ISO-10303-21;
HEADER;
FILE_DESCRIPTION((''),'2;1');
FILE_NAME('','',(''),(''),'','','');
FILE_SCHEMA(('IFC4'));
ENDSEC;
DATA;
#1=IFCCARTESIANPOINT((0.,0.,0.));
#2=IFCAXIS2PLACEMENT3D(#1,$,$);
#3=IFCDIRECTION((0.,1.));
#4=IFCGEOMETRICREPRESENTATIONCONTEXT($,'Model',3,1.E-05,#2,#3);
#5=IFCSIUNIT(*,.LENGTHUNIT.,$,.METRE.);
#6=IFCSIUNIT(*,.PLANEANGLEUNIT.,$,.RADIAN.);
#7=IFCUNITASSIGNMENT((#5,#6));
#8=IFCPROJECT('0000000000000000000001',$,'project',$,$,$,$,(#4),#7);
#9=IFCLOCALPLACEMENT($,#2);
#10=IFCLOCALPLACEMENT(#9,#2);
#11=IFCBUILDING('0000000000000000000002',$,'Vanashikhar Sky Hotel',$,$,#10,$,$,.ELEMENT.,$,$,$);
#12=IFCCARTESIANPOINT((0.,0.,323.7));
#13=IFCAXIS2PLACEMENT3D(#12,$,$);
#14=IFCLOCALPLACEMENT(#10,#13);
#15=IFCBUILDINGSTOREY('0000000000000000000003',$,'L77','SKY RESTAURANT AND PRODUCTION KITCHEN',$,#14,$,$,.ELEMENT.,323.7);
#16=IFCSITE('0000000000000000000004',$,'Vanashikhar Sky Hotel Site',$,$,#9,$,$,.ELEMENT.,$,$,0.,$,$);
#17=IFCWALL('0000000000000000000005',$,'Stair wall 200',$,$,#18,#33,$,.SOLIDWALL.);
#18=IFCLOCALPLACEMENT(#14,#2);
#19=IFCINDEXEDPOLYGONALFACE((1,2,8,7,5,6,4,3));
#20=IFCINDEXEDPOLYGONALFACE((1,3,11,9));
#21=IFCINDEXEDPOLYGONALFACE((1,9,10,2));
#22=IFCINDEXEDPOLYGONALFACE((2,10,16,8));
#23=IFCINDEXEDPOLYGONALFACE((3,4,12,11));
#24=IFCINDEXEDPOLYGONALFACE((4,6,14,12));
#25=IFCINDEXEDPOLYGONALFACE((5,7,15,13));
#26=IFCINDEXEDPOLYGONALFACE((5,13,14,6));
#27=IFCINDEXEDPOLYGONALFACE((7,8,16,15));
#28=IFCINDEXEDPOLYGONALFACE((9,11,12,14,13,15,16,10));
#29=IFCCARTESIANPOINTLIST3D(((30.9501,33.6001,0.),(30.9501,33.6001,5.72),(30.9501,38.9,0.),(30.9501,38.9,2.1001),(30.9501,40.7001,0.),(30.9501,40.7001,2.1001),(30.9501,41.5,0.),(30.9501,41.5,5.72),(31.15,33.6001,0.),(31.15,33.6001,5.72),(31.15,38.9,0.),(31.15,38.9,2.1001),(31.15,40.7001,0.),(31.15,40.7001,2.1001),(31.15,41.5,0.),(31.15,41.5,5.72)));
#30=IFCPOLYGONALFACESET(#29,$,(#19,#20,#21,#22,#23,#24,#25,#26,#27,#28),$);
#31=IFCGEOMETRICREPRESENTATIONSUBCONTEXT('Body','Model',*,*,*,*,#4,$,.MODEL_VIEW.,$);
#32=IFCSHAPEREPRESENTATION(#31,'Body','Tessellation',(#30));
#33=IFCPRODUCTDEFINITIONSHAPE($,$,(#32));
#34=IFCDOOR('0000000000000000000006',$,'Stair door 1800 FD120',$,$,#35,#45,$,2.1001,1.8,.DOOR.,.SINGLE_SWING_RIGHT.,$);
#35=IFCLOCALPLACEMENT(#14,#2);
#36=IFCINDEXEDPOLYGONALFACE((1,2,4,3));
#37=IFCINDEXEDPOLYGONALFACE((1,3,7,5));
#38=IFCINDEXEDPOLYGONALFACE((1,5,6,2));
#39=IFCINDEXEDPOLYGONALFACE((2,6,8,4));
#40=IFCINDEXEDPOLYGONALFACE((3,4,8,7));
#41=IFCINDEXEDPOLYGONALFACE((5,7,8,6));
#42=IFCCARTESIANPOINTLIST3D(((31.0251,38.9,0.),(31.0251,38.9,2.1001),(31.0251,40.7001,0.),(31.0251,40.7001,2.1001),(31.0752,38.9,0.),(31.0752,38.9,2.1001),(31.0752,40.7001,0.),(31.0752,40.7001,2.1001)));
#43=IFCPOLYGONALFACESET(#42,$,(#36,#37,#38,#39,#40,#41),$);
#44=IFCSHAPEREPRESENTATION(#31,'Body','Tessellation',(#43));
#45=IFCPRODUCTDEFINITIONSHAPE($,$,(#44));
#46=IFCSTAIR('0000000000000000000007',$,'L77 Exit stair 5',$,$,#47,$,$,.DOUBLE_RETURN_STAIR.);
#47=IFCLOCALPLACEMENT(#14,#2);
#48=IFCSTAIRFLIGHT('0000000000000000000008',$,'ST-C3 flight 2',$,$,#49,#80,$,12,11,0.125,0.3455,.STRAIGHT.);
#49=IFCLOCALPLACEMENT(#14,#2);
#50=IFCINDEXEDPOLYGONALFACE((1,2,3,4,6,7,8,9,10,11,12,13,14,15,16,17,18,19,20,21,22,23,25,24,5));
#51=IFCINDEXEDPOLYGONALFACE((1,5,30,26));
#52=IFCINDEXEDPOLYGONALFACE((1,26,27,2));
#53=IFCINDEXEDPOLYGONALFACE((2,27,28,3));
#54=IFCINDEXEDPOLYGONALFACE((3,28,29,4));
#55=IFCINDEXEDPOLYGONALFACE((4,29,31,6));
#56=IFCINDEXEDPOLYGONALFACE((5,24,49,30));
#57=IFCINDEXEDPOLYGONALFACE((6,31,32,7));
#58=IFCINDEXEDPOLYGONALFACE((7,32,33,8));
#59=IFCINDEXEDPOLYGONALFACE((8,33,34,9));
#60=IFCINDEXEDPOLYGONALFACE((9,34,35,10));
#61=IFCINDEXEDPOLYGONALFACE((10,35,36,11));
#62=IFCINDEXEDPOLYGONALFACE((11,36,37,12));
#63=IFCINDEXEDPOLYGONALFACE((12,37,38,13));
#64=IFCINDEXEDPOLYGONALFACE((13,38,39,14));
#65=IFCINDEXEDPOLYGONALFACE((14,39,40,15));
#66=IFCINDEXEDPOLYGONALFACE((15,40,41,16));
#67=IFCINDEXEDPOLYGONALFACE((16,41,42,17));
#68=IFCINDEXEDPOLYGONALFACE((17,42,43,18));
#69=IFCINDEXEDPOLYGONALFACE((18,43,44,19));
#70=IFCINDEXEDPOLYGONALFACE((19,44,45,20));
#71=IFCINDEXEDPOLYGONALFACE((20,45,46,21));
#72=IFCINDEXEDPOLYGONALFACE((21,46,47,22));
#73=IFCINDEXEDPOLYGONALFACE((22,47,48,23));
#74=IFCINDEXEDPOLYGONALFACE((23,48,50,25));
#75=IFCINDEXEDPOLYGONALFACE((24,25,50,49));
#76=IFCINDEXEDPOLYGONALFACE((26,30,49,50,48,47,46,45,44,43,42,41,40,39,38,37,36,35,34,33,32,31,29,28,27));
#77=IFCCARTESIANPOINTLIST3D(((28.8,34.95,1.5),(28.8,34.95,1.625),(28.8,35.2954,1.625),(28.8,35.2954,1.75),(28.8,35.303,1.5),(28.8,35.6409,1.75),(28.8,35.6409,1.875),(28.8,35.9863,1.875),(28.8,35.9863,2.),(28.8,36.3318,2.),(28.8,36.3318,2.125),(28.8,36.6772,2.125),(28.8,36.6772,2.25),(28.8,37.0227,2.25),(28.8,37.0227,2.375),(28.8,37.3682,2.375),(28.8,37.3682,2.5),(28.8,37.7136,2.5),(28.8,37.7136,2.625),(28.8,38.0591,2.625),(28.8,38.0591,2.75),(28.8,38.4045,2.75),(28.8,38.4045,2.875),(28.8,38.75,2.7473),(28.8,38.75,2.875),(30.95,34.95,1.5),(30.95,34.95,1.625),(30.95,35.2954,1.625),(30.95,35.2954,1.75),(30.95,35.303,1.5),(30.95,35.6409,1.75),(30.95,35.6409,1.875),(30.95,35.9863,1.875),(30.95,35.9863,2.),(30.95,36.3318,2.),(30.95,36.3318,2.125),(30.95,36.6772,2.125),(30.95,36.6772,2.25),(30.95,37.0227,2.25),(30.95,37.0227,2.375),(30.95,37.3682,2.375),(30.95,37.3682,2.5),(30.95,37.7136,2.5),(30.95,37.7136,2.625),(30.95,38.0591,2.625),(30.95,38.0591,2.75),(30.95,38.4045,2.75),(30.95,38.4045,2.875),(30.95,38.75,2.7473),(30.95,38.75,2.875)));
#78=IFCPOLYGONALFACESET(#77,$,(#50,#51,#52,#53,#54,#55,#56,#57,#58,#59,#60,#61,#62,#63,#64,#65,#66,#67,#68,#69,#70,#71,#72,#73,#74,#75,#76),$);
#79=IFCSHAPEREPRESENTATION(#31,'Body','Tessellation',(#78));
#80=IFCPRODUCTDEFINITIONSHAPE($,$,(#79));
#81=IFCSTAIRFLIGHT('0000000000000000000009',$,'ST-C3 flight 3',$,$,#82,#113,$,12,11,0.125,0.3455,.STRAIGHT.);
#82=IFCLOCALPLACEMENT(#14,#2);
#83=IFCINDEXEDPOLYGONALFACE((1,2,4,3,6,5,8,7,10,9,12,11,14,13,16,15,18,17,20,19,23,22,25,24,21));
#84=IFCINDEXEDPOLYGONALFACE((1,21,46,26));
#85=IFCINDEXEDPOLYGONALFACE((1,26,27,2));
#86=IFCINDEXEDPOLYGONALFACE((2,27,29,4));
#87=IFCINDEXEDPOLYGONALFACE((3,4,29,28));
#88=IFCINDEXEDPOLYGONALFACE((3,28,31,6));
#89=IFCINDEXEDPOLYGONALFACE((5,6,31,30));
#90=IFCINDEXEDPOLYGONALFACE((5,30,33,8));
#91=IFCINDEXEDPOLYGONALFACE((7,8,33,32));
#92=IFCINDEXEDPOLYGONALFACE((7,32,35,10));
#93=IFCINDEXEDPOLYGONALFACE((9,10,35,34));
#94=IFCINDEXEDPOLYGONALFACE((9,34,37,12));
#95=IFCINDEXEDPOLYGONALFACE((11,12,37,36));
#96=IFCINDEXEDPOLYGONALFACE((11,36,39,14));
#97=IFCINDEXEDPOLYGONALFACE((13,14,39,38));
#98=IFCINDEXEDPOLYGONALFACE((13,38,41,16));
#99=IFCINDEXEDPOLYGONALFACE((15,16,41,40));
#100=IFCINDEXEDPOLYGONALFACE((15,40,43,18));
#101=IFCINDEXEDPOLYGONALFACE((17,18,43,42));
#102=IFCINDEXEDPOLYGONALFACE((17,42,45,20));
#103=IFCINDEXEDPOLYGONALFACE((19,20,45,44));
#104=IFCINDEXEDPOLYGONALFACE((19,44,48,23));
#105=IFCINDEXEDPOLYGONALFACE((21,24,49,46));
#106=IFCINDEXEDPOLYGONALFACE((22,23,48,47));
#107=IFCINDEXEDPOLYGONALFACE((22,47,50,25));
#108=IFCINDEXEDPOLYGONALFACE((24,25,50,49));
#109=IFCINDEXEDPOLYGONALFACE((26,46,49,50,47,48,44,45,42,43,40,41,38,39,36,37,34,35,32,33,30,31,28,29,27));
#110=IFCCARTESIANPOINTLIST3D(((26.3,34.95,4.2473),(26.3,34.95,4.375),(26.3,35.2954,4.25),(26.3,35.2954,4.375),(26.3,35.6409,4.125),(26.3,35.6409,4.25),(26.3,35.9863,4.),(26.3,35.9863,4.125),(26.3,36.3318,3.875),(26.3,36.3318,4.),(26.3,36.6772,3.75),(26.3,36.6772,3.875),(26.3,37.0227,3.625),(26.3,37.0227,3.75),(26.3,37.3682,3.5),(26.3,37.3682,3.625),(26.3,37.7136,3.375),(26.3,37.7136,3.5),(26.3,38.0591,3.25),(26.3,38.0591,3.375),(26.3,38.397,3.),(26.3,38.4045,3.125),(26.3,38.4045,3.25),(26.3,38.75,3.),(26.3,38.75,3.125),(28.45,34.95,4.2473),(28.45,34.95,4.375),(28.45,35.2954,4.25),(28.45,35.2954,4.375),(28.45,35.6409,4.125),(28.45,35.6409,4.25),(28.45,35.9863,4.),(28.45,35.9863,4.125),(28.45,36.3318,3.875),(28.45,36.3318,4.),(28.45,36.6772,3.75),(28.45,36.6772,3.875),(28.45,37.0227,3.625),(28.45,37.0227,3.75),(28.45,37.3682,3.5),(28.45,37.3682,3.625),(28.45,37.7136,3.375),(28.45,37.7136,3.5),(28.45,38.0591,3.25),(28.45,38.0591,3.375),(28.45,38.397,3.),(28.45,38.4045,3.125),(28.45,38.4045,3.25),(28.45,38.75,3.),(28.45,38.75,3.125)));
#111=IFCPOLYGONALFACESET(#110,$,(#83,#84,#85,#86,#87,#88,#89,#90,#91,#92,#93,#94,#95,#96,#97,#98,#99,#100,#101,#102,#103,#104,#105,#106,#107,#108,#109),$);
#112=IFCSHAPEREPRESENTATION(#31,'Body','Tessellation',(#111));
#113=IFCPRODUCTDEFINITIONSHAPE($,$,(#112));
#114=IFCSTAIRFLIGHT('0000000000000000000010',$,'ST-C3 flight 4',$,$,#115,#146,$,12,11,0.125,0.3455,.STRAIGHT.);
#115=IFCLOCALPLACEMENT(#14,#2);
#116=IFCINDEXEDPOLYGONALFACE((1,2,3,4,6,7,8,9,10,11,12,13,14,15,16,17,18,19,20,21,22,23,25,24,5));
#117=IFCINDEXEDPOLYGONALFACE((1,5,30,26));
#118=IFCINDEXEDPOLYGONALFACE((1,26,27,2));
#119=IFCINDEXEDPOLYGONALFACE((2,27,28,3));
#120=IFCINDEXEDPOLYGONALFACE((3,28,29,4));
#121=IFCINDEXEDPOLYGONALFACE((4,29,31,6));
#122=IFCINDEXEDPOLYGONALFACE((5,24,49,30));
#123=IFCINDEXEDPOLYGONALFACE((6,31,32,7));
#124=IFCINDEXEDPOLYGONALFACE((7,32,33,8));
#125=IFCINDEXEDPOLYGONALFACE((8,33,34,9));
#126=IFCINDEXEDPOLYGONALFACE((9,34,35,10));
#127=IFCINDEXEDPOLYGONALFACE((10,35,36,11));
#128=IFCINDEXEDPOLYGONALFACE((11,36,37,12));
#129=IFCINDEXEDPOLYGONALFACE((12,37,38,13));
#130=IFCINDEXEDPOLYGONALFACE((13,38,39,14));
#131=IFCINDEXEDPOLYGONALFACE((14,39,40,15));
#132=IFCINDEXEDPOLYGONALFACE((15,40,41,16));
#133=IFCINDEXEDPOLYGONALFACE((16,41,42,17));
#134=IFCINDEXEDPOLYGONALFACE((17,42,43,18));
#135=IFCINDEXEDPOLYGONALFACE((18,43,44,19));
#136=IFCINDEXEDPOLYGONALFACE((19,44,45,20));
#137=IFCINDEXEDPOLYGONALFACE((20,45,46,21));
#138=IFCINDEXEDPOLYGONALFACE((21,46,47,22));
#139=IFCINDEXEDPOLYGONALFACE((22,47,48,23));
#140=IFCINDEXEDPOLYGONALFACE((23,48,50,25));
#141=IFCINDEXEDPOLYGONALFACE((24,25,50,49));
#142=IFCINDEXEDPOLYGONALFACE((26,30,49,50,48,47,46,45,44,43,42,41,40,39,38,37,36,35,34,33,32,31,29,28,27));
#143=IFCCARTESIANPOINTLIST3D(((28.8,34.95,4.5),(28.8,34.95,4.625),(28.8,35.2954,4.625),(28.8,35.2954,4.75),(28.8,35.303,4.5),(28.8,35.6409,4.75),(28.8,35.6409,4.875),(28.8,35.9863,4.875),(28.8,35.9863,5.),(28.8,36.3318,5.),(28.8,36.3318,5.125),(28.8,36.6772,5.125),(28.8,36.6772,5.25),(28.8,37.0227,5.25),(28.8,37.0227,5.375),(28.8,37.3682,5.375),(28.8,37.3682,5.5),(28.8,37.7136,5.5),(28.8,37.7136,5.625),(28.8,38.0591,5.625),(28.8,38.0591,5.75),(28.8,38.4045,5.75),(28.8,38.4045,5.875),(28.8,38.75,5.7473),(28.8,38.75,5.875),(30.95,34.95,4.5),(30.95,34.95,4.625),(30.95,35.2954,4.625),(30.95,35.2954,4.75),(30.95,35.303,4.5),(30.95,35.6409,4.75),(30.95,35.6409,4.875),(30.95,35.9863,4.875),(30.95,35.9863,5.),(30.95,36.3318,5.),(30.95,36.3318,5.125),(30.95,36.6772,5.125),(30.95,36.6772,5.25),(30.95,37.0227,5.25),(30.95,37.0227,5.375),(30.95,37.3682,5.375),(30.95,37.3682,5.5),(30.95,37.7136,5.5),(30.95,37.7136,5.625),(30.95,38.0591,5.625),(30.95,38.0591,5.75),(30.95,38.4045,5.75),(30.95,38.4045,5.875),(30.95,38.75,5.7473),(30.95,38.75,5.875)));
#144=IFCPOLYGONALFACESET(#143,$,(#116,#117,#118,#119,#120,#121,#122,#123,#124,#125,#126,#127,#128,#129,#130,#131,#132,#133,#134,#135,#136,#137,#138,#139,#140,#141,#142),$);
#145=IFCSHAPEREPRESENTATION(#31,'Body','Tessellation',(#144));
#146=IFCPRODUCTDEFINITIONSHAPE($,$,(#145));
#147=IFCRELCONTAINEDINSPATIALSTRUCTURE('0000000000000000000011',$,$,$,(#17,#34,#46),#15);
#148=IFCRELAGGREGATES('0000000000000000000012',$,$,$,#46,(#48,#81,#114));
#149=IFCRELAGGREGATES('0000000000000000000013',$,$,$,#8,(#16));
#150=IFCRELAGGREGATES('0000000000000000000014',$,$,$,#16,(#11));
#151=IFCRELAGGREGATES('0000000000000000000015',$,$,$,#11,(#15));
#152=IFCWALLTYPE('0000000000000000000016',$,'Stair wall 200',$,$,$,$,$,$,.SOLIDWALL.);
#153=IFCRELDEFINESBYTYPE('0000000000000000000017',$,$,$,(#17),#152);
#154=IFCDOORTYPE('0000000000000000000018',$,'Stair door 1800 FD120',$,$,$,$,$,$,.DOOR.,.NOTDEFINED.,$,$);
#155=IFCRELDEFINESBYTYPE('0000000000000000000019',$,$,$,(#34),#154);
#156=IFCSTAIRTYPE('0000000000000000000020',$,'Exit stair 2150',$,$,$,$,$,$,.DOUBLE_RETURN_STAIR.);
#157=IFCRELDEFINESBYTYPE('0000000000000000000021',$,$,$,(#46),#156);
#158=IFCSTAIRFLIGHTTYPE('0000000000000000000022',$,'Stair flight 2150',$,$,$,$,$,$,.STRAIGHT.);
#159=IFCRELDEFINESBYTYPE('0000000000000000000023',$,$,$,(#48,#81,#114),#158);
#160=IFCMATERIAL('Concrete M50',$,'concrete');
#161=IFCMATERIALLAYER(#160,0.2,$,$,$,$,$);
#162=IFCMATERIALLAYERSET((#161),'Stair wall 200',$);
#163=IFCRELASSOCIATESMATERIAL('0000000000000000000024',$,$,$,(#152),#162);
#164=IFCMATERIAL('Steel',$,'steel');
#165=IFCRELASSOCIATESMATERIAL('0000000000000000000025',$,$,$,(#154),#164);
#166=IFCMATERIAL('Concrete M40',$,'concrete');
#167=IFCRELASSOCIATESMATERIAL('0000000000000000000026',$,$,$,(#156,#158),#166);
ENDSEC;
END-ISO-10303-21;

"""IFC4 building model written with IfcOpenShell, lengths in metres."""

from ifc_helpers import new_model, si_unit, direction, frame, frame_2d, origin, place, context, subcontext, project, spatial, polyline, rectangle, outline, extrude, source, transform, mapped, material, layer, layer_set, type_object, element, fill, aggregate, save


model = new_model("IFC4")

# Units and contexts
model_context = context("Model", 3, precision=1e-05, world=origin(), true_north=direction((0.0, 1.0)))
body_context = subcontext(model_context, "Body", "Model", "MODEL_VIEW")
ifc_project = project(units=[si_unit("LENGTHUNIT", "METRE"), si_unit("PLANEANGLEUNIT", "RADIAN")], contexts=[model_context])

# Site, building, storey
site_placement = place(None, origin())
site = spatial("IfcSite", under=ifc_project, at=site_placement, Name="Vanashikhar Sky Hotel Site", CompositionType="ELEMENT", RefElevation=0.0)
building_placement = place(site_placement, origin())
building = spatial("IfcBuilding", under=site, at=building_placement, Name="Vanashikhar Sky Hotel", CompositionType="ELEMENT")
storey_placement = place(building_placement, frame((0.0, 0.0, 323.7)))
storey = spatial("IfcBuildingStorey", under=building, at=storey_placement, Name="L77", Description="SKY RESTAURANT AND PRODUCTION KITCHEN", CompositionType="ELEMENT", Elevation=323.7)

# Shared definitions
ifc_material_1 = material(Name="Concrete M50", Category="concrete")
ifc_material_2 = material(Name="Steel", Category="steel")

# Shared definitions
ifc_material_3 = material(Name="Concrete M40", Category="concrete")

# Wall, opening, door
ifc_layer_1 = layer(ifc_material_1, 0.2)
ifc_layer_set_1 = layer_set([ifc_layer_1], Name="Stair wall 200")
wall_type_1 = type_object("IfcWallType", Name="Stair wall 200", PredefinedType="SOLIDWALL", material=ifc_layer_set_1)
shared_shape_1 = source(origin(), body_context, "Body", "SweptSolid", [
    extrude(rectangle(XDim=7.8999, YDim=0.2, at=frame_2d((3.95, 0.0))), origin(), (0.0, 0.0, 1.0), 5.72),
])
wall_1_placement = place(storey_placement, frame((31.05, 33.6001, 0.0), z_axis=(0.0, 0.0, 1.0), x_axis=(0.0, 1.0, 0.0)))
wall_1 = element("IfcWall", 1, at=wall_1_placement, inside=storey, type_object=wall_type_1, Name="Stair wall 200", PredefinedType="SOLIDWALL", context=body_context, shape_type="MappedRepresentation", body=[
    mapped(shared_shape_1, transform((0.0, 0.0, 0.0), scale=1.0)),
])
shared_shape_2 = source(origin(), body_context, "Body", "SweptSolid", [
    extrude(rectangle(XDim=1.8, YDim=2.1001, at=frame_2d((0.8999, 1.05))), frame((0.0, 0.1099, 0.0), z_axis=(0.0, -1.0, 0.0), x_axis=(1.0, 0.0, 0.0)), (0.0, 0.0, 1.0), 0.22),
])
opening_1_placement = place(wall_1_placement, frame((5.3, 0.0, 0.0)))
opening_1 = element("IfcOpeningElement", 2, at=opening_1_placement, cuts=wall_1, PredefinedType="OPENING", context=body_context, shape_type="MappedRepresentation", body=[
    mapped(shared_shape_2, transform((0.0, 0.0, 0.0), scale=1.0)),
])
door_type_1 = type_object("IfcDoorType", Name="Stair door 1800 FD120", OperationType="NOTDEFINED", PredefinedType="DOOR", material=ifc_material_2)
shared_shape_3 = source(origin(), body_context, "Body", "SweptSolid", [
    extrude(rectangle(XDim=1.8, YDim=2.1001, at=frame_2d((0.8999, 1.05))), frame((0.0, 0.0249, 0.0), z_axis=(0.0, -1.0, 0.0), x_axis=(1.0, 0.0, 0.0)), (0.0, 0.0, 1.0), 0.05),
])
door_1_placement = place(opening_1_placement, origin())
door_1 = element("IfcDoor", 3, at=door_1_placement, inside=storey, type_object=door_type_1, Name="Stair door 1800 FD120", OperationType="SINGLE_SWING_RIGHT", OverallHeight=2.1001, OverallWidth=1.8, PredefinedType="DOOR", context=body_context, shape_type="MappedRepresentation", body=[
    mapped(shared_shape_3, transform((0.0, 0.0, 0.0), scale=1.0)),
])
fill(opening_1, door_1)

# Stair, stair flights
stair_type = type_object("IfcStairType", Name="Exit stair 2150", PredefinedType="DOUBLE_RETURN_STAIR", material=ifc_material_3)
stair_placement = place(storey_placement, origin())
stair = element("IfcStair", 4, at=stair_placement, inside=storey, type_object=stair_type, Name="L77 Exit stair 5", PredefinedType="DOUBLE_RETURN_STAIR")
stair_flight_type = type_object("IfcStairFlightType", Name="Stair flight 2150", PredefinedType="STRAIGHT", material=ifc_material_3)
shared_shape_4 = source(origin(), body_context, "Body", "SweptSolid", [
    extrude(outline(polyline([(0.0, 0.0), (0.0, 0.125), (0.3455, 0.125), (0.3455, 0.25), (0.6909, 0.25), (0.6909, 0.375), (1.0364, 0.375), (1.0364, 0.5), (1.3818, 0.5), (1.3818, 0.625), (1.7273, 0.625), (1.7273, 0.75), (2.0728, 0.75), (2.0728, 0.875), (2.4182, 0.875), (2.4182, 1.0), (2.7637, 1.0), (2.7637, 1.125), (3.1091, 1.125), (3.1091, 1.25), (3.4546, 1.25), (3.4546, 1.375), (3.8, 1.375), (3.8, 1.5), (3.8, 1.2473), (0.353, 0.0), (0.0, 0.0)])), frame((0.0, 1.075, 0.0), z_axis=(0.0, -1.0, 0.0), x_axis=(1.0, 0.0, 0.0)), (0.0, 0.0, 1.0), 2.1499),
])
stair_flight_1_placement = place(storey_placement, frame((29.875, 34.95, 1.5), z_axis=(0.0, 0.0, 1.0), x_axis=(0.0, 1.0, 0.0)))
stair_flight_1 = element("IfcStairFlight", 5, at=stair_flight_1_placement, type_object=stair_flight_type, Name="ST-C3 flight 2", NumberOfRisers=12, NumberOfTreads=11, PredefinedType="STRAIGHT", RiserHeight=0.125, TreadLength=0.3455, context=body_context, shape_type="MappedRepresentation", body=[
    mapped(shared_shape_4, transform((0.0, 0.0, 0.0), scale=1.0)),
])
stair_flight_2_placement = place(storey_placement, frame((27.375, 38.75, 3.0), z_axis=(0.0, 0.0, 1.0), x_axis=(0.0, -1.0, 0.0)))
stair_flight_2 = element("IfcStairFlight", 6, at=stair_flight_2_placement, type_object=stair_flight_type, Name="ST-C3 flight 3", NumberOfRisers=12, NumberOfTreads=11, PredefinedType="STRAIGHT", RiserHeight=0.125, TreadLength=0.3455, context=body_context, shape_type="MappedRepresentation", body=[
    mapped(shared_shape_4, transform((0.0, 0.0, 0.0), scale=1.0)),
])
stair_flight_3_placement = place(storey_placement, frame((29.875, 34.95, 4.5), z_axis=(0.0, 0.0, 1.0), x_axis=(0.0, 1.0, 0.0)))
stair_flight_3 = element("IfcStairFlight", 7, at=stair_flight_3_placement, type_object=stair_flight_type, Name="ST-C3 flight 4", NumberOfRisers=12, NumberOfTreads=11, PredefinedType="STRAIGHT", RiserHeight=0.125, TreadLength=0.3455, context=body_context, shape_type="MappedRepresentation", body=[
    mapped(shared_shape_4, transform((0.0, 0.0, 0.0), scale=1.0)),
])
aggregate(stair, [stair_flight_1, stair_flight_2, stair_flight_3])

save(model, "model.ifc")
